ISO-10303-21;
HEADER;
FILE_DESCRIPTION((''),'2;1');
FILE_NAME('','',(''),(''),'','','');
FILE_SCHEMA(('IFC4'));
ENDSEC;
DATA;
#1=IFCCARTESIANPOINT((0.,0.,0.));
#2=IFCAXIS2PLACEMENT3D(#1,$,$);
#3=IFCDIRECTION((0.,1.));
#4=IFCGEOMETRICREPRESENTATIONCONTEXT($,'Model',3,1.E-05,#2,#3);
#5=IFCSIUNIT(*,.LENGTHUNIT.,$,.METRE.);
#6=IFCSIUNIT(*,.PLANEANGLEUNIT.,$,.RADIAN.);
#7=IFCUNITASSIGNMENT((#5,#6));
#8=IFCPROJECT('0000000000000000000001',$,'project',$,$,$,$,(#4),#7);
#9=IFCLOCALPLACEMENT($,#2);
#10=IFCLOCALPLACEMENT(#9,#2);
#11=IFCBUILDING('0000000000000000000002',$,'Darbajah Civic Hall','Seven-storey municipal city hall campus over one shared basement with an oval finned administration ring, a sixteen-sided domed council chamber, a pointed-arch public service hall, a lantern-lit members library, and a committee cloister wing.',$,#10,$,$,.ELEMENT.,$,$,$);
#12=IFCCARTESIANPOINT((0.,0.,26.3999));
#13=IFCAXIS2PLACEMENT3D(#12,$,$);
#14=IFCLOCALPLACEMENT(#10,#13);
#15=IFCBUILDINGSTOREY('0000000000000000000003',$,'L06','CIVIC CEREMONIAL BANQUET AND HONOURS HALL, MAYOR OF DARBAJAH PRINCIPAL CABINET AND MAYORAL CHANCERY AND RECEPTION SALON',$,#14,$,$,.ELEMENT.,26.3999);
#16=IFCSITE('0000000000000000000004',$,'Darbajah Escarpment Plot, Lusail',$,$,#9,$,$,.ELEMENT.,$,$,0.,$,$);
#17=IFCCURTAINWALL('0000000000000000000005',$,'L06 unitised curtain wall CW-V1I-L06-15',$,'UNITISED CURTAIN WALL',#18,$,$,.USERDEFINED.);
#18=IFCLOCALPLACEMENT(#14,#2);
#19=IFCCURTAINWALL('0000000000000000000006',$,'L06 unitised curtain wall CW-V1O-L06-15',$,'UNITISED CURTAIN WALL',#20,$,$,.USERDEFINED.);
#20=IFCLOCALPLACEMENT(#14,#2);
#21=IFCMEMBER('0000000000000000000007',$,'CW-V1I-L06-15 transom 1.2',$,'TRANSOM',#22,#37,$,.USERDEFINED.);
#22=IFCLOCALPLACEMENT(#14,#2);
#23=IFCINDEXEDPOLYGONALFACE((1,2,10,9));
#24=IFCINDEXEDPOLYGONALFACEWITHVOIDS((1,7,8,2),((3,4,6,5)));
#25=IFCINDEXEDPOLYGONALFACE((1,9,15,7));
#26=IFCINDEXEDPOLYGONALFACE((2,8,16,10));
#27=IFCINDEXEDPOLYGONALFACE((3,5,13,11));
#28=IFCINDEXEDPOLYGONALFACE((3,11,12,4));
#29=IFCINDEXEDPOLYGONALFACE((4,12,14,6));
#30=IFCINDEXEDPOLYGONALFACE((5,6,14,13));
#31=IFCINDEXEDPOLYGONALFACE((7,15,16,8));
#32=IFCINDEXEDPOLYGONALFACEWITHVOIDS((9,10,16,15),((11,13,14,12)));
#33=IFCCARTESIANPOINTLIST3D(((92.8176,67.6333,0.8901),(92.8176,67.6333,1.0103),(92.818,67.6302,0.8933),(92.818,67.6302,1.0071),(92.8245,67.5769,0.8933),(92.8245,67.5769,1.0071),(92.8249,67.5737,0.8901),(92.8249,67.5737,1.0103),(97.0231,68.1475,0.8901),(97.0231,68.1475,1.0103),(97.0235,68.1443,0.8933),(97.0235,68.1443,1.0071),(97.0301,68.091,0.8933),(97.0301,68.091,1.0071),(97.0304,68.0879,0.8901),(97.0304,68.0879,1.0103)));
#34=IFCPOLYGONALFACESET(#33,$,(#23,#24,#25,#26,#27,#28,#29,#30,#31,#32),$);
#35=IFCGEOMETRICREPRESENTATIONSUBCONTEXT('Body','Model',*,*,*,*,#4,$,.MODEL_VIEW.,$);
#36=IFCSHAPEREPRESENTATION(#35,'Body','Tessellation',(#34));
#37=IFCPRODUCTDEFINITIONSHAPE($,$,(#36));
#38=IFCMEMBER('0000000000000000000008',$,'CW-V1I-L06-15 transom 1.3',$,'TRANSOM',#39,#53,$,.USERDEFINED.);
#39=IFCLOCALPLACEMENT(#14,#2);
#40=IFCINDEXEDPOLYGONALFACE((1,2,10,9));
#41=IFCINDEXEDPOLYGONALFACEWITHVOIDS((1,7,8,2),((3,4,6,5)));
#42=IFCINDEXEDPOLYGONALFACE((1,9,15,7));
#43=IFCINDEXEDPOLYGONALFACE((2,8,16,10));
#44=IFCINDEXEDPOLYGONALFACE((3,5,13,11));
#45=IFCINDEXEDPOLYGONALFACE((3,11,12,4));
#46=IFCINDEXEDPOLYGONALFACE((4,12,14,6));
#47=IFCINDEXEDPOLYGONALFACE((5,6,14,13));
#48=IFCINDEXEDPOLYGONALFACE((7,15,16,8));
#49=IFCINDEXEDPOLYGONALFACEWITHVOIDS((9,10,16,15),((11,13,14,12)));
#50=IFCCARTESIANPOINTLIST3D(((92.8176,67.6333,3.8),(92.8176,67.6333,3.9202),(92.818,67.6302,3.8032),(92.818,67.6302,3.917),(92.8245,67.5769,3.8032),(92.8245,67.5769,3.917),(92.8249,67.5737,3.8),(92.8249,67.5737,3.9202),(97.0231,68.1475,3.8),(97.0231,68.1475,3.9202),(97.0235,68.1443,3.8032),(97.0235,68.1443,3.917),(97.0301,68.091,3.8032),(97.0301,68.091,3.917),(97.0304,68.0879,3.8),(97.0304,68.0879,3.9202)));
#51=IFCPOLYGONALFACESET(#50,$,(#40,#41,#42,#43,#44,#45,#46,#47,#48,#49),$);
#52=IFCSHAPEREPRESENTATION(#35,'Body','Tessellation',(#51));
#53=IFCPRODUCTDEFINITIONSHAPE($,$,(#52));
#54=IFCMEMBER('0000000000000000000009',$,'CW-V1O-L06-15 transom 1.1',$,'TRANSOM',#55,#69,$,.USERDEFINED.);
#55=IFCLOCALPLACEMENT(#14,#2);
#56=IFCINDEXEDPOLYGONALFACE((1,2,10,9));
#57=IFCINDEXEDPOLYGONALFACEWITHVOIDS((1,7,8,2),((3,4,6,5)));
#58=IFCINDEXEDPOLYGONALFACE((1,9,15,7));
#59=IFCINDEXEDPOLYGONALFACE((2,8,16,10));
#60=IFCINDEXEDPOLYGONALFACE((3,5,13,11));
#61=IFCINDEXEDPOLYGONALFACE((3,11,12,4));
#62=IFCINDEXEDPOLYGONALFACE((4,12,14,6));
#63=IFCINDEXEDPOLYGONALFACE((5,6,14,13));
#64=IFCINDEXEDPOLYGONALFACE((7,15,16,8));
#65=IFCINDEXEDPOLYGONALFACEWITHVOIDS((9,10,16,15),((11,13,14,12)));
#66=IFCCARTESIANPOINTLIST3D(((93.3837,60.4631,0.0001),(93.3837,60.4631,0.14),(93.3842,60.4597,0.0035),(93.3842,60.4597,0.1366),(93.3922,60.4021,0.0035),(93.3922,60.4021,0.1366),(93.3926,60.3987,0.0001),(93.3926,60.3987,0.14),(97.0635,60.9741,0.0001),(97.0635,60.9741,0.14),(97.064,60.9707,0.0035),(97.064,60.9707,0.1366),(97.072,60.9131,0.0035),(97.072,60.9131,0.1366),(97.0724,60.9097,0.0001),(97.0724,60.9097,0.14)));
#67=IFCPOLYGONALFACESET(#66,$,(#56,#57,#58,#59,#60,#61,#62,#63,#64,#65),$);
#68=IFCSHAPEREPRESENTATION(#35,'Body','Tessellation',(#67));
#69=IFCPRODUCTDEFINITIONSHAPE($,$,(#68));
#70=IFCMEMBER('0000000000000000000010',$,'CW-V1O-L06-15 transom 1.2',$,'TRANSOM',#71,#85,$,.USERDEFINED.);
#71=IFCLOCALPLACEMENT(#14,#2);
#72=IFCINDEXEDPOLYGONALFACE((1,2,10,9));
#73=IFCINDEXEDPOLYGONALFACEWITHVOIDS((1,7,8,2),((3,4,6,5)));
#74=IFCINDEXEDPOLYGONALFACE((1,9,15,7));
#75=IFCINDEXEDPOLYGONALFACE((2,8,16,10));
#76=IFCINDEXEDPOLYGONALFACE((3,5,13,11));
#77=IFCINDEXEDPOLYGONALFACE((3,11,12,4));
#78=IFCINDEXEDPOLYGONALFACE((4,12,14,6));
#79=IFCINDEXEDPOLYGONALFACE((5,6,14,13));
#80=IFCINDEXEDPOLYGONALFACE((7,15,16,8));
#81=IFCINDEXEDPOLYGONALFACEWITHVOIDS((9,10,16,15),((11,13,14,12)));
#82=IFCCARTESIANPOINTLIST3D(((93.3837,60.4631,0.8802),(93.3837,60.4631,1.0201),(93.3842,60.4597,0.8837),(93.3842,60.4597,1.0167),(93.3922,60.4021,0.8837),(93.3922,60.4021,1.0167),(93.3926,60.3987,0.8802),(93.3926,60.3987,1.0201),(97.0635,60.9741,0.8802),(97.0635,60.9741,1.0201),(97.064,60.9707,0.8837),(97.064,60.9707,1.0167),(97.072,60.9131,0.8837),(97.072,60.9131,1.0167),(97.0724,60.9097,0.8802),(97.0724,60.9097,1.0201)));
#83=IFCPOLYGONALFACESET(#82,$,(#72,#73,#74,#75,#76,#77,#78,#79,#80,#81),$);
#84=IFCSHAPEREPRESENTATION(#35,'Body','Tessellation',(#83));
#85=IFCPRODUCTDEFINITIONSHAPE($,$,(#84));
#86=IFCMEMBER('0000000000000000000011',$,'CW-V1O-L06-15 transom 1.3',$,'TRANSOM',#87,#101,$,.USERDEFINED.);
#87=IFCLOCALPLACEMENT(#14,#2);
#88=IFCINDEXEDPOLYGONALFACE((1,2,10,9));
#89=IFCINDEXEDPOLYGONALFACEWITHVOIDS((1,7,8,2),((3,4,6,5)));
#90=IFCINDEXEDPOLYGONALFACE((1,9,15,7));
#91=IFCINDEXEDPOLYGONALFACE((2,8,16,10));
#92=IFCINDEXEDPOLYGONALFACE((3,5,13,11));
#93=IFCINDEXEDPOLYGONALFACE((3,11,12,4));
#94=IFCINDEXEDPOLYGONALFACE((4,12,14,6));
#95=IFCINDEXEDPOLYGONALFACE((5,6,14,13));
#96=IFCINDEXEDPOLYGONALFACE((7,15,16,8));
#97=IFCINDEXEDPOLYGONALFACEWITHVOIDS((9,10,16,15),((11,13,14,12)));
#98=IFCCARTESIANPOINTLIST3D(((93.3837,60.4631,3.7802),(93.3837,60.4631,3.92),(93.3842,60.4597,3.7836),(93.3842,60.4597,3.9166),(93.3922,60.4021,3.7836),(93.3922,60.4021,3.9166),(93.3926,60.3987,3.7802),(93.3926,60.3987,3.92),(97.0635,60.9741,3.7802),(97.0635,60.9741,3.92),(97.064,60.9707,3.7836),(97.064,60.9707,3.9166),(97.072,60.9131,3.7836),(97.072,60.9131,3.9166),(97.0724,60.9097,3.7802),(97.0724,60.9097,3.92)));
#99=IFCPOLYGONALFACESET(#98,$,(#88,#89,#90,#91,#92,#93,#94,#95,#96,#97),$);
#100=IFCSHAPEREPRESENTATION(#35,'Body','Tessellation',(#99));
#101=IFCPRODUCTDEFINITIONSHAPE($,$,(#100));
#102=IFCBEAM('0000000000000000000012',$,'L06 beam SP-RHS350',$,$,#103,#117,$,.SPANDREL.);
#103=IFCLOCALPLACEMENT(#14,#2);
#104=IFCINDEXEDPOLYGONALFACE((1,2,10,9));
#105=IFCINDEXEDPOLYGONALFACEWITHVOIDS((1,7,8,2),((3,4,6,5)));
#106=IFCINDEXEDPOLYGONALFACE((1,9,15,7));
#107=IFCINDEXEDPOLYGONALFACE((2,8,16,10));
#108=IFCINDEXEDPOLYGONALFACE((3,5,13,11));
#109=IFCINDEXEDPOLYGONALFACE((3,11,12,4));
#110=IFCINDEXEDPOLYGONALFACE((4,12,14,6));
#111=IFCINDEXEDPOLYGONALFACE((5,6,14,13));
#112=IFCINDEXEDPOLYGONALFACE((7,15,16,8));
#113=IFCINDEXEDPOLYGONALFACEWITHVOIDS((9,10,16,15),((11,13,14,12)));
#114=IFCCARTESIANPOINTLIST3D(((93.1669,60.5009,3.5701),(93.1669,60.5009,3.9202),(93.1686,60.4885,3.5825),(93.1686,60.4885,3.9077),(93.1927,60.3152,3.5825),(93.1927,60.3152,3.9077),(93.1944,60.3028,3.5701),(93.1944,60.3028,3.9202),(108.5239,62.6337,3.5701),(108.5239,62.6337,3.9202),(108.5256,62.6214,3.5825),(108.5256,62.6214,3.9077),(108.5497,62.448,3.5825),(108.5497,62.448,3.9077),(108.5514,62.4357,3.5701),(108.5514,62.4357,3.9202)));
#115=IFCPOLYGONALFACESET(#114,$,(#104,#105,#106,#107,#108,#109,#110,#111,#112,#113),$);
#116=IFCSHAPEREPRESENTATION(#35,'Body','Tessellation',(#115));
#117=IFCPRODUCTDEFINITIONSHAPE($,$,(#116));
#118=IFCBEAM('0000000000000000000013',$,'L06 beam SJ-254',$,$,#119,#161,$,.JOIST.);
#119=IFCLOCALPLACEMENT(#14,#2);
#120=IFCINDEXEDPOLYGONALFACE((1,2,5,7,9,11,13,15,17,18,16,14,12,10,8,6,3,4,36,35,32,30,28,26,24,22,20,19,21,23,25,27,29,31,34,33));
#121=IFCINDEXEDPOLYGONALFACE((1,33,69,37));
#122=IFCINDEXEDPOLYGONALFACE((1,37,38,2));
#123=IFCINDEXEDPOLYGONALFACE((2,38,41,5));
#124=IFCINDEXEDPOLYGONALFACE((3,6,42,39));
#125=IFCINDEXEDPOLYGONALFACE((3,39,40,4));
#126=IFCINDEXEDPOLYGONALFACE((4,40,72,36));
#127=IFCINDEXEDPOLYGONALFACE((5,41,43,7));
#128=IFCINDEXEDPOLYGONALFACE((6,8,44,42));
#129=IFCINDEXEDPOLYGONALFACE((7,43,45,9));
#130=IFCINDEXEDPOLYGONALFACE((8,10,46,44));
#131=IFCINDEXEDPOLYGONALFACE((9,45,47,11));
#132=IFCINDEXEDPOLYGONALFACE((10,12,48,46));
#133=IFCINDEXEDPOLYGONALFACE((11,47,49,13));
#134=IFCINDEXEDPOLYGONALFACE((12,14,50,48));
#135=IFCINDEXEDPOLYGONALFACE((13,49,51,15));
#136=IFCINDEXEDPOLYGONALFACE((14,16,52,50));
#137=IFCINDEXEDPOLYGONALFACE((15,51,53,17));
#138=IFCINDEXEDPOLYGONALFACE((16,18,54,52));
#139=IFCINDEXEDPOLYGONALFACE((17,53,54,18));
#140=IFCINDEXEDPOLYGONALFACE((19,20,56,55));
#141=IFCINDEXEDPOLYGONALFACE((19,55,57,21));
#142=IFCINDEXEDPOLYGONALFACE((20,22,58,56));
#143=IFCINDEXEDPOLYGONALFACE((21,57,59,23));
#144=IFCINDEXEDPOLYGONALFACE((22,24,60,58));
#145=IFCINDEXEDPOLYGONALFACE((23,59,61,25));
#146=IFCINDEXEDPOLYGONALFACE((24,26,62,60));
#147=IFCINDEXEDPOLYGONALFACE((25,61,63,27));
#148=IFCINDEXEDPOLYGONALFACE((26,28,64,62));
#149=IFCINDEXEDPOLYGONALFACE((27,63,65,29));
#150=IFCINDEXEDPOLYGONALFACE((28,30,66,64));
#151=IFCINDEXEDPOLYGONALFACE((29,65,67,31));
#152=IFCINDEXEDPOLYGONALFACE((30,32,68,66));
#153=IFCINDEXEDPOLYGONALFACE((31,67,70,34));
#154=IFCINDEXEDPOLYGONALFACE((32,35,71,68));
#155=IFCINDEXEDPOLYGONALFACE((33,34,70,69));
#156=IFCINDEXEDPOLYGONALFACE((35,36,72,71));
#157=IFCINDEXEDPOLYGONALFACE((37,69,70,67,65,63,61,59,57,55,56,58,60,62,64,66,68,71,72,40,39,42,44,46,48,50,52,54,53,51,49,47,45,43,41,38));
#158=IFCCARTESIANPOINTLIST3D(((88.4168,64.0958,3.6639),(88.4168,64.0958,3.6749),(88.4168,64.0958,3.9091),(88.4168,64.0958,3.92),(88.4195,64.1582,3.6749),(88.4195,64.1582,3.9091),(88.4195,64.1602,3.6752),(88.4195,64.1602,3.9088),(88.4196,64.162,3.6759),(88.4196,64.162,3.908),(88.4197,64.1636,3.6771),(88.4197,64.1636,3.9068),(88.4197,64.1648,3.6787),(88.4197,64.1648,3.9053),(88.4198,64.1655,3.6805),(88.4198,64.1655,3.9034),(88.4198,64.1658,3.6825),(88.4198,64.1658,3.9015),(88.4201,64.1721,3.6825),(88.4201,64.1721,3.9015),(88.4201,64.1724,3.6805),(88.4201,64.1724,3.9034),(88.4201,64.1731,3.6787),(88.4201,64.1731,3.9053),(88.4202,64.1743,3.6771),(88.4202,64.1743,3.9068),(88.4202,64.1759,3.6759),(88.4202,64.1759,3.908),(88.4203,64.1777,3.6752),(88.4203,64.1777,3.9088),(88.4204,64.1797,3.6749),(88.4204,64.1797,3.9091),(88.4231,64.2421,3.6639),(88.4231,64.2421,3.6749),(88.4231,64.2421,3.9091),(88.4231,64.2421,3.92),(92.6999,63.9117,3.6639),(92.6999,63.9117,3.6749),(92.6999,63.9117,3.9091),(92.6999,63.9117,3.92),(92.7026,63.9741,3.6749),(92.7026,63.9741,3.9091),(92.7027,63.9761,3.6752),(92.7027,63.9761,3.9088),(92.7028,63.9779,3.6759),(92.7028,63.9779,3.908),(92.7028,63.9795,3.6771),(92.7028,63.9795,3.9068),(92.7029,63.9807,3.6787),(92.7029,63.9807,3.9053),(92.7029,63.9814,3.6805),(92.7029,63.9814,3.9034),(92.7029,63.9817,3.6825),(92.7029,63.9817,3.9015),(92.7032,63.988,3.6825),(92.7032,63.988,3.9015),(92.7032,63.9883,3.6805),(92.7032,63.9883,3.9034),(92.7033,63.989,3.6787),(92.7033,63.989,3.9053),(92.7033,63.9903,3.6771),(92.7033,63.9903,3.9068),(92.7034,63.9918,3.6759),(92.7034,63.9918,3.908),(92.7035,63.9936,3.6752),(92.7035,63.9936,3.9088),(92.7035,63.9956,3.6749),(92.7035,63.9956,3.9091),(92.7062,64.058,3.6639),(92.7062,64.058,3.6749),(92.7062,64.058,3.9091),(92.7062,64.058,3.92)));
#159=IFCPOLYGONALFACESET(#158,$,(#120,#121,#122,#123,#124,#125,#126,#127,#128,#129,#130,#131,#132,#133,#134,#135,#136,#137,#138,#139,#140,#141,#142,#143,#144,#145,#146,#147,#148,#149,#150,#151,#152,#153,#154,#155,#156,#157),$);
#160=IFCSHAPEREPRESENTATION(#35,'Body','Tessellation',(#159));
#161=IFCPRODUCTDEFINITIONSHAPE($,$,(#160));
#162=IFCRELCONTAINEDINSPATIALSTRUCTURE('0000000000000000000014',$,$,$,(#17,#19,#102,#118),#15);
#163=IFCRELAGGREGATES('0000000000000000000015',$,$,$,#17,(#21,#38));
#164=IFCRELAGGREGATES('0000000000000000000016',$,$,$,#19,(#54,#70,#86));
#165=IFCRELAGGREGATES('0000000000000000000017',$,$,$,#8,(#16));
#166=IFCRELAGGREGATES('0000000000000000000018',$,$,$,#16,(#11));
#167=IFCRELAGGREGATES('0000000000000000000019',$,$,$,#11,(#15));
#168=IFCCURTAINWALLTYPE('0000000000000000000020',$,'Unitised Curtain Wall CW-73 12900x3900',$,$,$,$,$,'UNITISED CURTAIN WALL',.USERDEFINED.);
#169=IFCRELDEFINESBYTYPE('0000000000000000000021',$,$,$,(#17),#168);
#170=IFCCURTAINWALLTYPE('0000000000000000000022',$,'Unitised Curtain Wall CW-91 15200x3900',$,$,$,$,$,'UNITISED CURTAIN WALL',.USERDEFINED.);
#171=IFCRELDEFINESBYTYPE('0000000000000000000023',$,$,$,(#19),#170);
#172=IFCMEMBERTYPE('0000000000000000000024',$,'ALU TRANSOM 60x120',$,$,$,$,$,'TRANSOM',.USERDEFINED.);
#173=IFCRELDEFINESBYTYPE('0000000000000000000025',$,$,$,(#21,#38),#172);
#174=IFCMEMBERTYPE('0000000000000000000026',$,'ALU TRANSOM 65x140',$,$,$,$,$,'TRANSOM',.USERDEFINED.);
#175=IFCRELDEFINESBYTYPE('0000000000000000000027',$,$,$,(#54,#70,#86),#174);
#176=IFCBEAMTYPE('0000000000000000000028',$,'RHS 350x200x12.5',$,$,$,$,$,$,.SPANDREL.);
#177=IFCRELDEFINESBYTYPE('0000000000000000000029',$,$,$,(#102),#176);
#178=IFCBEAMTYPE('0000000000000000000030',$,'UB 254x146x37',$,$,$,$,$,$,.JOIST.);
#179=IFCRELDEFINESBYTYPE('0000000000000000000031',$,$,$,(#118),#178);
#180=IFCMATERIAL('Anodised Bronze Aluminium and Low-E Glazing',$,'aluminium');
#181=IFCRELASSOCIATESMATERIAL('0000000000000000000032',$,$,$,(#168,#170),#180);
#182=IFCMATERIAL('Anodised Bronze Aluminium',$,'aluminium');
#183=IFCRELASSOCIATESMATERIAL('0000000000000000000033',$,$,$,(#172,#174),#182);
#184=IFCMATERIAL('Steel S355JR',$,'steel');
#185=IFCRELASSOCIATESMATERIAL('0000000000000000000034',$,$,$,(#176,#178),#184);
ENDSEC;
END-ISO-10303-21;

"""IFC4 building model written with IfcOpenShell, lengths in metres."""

from ifc_helpers import new_model, si_unit, direction, frame, origin, origin_2d, place, context, subcontext, project, spatial, hollow_rectangle, i_section, extrude, material, material_profile, profile_set, type_object, element, aggregate, save


model = new_model("IFC4")

# Units and contexts
model_context = context("Model", 3, precision=1e-05, world=origin(), true_north=direction((0.0, 1.0)))
body_context = subcontext(model_context, "Body", "Model", "MODEL_VIEW")
ifc_project = project(units=[si_unit("LENGTHUNIT", "METRE"), si_unit("PLANEANGLEUNIT", "RADIAN")], contexts=[model_context])

# Site, building, storey
site_placement = place(None, origin())
site = spatial("IfcSite", under=ifc_project, at=site_placement, Name="Darbajah Escarpment Plot, Lusail", CompositionType="ELEMENT", RefElevation=0.0)
building_placement = place(site_placement, origin())
building = spatial("IfcBuilding", under=site, at=building_placement, Name="Darbajah Civic Hall", Description="Seven-storey municipal city hall campus over one shared basement with an oval finned administration ring, a sixteen-sided domed council chamber, a pointed-arch public service hall, a lantern-lit members library, and a committee cloister wing.", CompositionType="ELEMENT")
storey_placement = place(building_placement, frame((0.0, 0.0, 26.3999)))
storey = spatial("IfcBuildingStorey", under=building, at=storey_placement, Name="L06", Description="CIVIC CEREMONIAL BANQUET AND HONOURS HALL, MAYOR OF DARBAJAH PRINCIPAL CABINET AND MAYORAL CHANCERY AND RECEPTION SALON", CompositionType="ELEMENT", Elevation=26.3999)

# Shared definitions
ifc_material_1 = material(Name="Anodised Bronze Aluminium and Low-E Glazing", Category="aluminium")
ifc_material_2 = material(Name="Anodised Bronze Aluminium", Category="aluminium")

# Curtain walls
curtain_wall_type_1 = type_object("IfcCurtainWallType", Name="Unitised Curtain Wall CW-73 12900x3900", ElementType="UNITISED CURTAIN WALL", PredefinedType="USERDEFINED", material=ifc_material_1)
curtain_wall_1_placement = place(storey_placement, origin())
curtain_wall_1 = element("IfcCurtainWall", 1, at=curtain_wall_1_placement, inside=storey, type_object=curtain_wall_type_1, Name="L06 unitised curtain wall CW-V1I-L06-15", ObjectType="UNITISED CURTAIN WALL", PredefinedType="USERDEFINED")
curtain_wall_type_2 = type_object("IfcCurtainWallType", Name="Unitised Curtain Wall CW-91 15200x3900", ElementType="UNITISED CURTAIN WALL", PredefinedType="USERDEFINED", material=ifc_material_1)
curtain_wall_2_placement = place(storey_placement, origin())
curtain_wall_2 = element("IfcCurtainWall", 2, at=curtain_wall_2_placement, inside=storey, type_object=curtain_wall_type_2, Name="L06 unitised curtain wall CW-V1O-L06-15", ObjectType="UNITISED CURTAIN WALL", PredefinedType="USERDEFINED")

# Members
ifc_material_profile_1 = material_profile(ifc_material_2, hollow_rectangle(XDim=0.0601, YDim=0.1201, WallThickness=0.0032, at=origin_2d()), Name="ALU TRANSOM 60x120")
ifc_profile_set_1 = profile_set([ifc_material_profile_1], Name="Anodised Bronze Aluminium")
member_type_1 = type_object("IfcMemberType", Name="ALU TRANSOM 60x120", ElementType="TRANSOM", PredefinedType="USERDEFINED", material=ifc_profile_set_1)
member_1_placement = place(storey_placement, frame((92.8213, 67.6035, 0.9502), z_axis=(0.992609, 0.121353, 0.0), x_axis=(-0.121353, 0.992609, 0.0)))
member_1 = element("IfcMember", 3, at=member_1_placement, type_object=member_type_1, Name="CW-V1I-L06-15 transom 1.2", ObjectType="TRANSOM", PredefinedType="USERDEFINED", context=body_context, shape_type="SweptSolid", body=[
    extrude(hollow_rectangle(XDim=0.0601, YDim=0.1201, WallThickness=0.0032, at=origin_2d()), origin(), (0.0, 0.0, 1.0), 4.2368),
])
member_2_placement = place(storey_placement, frame((92.8213, 67.6035, 3.8601), z_axis=(0.992609, 0.121353, 0.0), x_axis=(-0.121353, 0.992609, 0.0)))
member_2 = element("IfcMember", 4, at=member_2_placement, type_object=member_type_1, Name="CW-V1I-L06-15 transom 1.3", ObjectType="TRANSOM", PredefinedType="USERDEFINED", context=body_context, shape_type="SweptSolid", body=[
    extrude(hollow_rectangle(XDim=0.0601, YDim=0.1201, WallThickness=0.0032, at=origin_2d()), origin(), (0.0, 0.0, 1.0), 4.2368),
])
aggregate(curtain_wall_1, [member_1, member_2])
ifc_material_profile_2 = material_profile(ifc_material_2, hollow_rectangle(XDim=0.0649, YDim=0.1399, WallThickness=0.0034, at=origin_2d()), Name="ALU TRANSOM 65x140")
ifc_profile_set_2 = profile_set([ifc_material_profile_2], Name="Anodised Bronze Aluminium")
member_type_2 = type_object("IfcMemberType", Name="ALU TRANSOM 65x140", ElementType="TRANSOM", PredefinedType="USERDEFINED", material=ifc_profile_set_2)
member_3_placement = place(storey_placement, frame((93.3882, 60.4309, 0.0701), z_axis=(0.990495, 0.137547, 0.0), x_axis=(-0.137547, 0.990495, 0.0)))
member_3 = element("IfcMember", 5, at=member_3_placement, type_object=member_type_2, Name="CW-V1O-L06-15 transom 1.1", ObjectType="TRANSOM", PredefinedType="USERDEFINED", context=body_context, shape_type="SweptSolid", body=[
    extrude(hollow_rectangle(XDim=0.0649, YDim=0.1399, WallThickness=0.0034, at=origin_2d()), origin(), (0.0, 0.0, 1.0), 3.7151),
])
member_4_placement = place(storey_placement, frame((93.3882, 60.4309, 0.9502), z_axis=(0.990495, 0.137547, 0.0), x_axis=(-0.137547, 0.990495, 0.0)))
member_4 = element("IfcMember", 6, at=member_4_placement, type_object=member_type_2, Name="CW-V1O-L06-15 transom 1.2", ObjectType="TRANSOM", PredefinedType="USERDEFINED", context=body_context, shape_type="SweptSolid", body=[
    extrude(hollow_rectangle(XDim=0.0649, YDim=0.1399, WallThickness=0.0034, at=origin_2d()), origin(), (0.0, 0.0, 1.0), 3.7151),
])
member_5_placement = place(storey_placement, frame((93.3882, 60.4309, 3.8501), z_axis=(0.990495, 0.137547, 0.0), x_axis=(-0.137547, 0.990495, 0.0)))
member_5 = element("IfcMember", 7, at=member_5_placement, type_object=member_type_2, Name="CW-V1O-L06-15 transom 1.3", ObjectType="TRANSOM", PredefinedType="USERDEFINED", context=body_context, shape_type="SweptSolid", body=[
    extrude(hollow_rectangle(XDim=0.0649, YDim=0.1399, WallThickness=0.0034, at=origin_2d()), origin(), (0.0, 0.0, 1.0), 3.7151),
])
aggregate(curtain_wall_2, [member_3, member_4, member_5])

# Beams
ifc_material_3 = material(Name="Steel S355JR", Category="steel")
ifc_material_profile_3 = material_profile(ifc_material_3, hollow_rectangle(XDim=0.2, YDim=0.3501, WallThickness=0.0125, at=origin_2d()), Name="RHS 350x200x12.5")
ifc_profile_set_3 = profile_set([ifc_material_profile_3], Name="Steel S355JR")
beam_type_1 = type_object("IfcBeamType", Name="RHS 350x200x12.5", PredefinedType="SPANDREL", material=ifc_profile_set_3)
beam_1_placement = place(storey_placement, frame((93.1807, 60.4019, 3.7451), z_axis=(0.990493, 0.137562, 0.0), x_axis=(-0.137562, 0.990493, 0.0)))
element("IfcBeam", 8, at=beam_1_placement, inside=storey, type_object=beam_type_1, Name="L06 beam SP-RHS350", PredefinedType="SPANDREL", context=body_context, shape_type="SweptSolid", body=[
    extrude(hollow_rectangle(XDim=0.2, YDim=0.3501, WallThickness=0.0125, at=origin_2d()), origin(), (0.0, 0.0, 1.0), 15.5044),
])
ifc_material_profile_4 = material_profile(ifc_material_3, i_section(OverallWidth=0.1465, OverallDepth=0.2561, WebThickness=0.0063, FlangeThickness=0.011, FilletRadius=0.0076, at=origin_2d()), Name="UB 254x146x37")
ifc_profile_set_4 = profile_set([ifc_material_profile_4], Name="Steel S355JR")
beam_type_2 = type_object("IfcBeamType", Name="UB 254x146x37", PredefinedType="JOIST", material=ifc_profile_set_4)
beam_2_placement = place(storey_placement, frame((88.4199, 64.1689, 3.792), z_axis=(0.999078, -0.042938, 0.0), x_axis=(0.042938, 0.999078, 0.0)))
element("IfcBeam", 9, at=beam_2_placement, inside=storey, type_object=beam_type_2, Name="L06 beam SJ-254", PredefinedType="JOIST", context=body_context, shape_type="SweptSolid", body=[
    extrude(i_section(OverallWidth=0.1465, OverallDepth=0.2561, WebThickness=0.0063, FlangeThickness=0.011, FilletRadius=0.0076, at=origin_2d()), origin(), (0.0, 0.0, 1.0), 4.2871),
])

save(model, "model.ifc")
